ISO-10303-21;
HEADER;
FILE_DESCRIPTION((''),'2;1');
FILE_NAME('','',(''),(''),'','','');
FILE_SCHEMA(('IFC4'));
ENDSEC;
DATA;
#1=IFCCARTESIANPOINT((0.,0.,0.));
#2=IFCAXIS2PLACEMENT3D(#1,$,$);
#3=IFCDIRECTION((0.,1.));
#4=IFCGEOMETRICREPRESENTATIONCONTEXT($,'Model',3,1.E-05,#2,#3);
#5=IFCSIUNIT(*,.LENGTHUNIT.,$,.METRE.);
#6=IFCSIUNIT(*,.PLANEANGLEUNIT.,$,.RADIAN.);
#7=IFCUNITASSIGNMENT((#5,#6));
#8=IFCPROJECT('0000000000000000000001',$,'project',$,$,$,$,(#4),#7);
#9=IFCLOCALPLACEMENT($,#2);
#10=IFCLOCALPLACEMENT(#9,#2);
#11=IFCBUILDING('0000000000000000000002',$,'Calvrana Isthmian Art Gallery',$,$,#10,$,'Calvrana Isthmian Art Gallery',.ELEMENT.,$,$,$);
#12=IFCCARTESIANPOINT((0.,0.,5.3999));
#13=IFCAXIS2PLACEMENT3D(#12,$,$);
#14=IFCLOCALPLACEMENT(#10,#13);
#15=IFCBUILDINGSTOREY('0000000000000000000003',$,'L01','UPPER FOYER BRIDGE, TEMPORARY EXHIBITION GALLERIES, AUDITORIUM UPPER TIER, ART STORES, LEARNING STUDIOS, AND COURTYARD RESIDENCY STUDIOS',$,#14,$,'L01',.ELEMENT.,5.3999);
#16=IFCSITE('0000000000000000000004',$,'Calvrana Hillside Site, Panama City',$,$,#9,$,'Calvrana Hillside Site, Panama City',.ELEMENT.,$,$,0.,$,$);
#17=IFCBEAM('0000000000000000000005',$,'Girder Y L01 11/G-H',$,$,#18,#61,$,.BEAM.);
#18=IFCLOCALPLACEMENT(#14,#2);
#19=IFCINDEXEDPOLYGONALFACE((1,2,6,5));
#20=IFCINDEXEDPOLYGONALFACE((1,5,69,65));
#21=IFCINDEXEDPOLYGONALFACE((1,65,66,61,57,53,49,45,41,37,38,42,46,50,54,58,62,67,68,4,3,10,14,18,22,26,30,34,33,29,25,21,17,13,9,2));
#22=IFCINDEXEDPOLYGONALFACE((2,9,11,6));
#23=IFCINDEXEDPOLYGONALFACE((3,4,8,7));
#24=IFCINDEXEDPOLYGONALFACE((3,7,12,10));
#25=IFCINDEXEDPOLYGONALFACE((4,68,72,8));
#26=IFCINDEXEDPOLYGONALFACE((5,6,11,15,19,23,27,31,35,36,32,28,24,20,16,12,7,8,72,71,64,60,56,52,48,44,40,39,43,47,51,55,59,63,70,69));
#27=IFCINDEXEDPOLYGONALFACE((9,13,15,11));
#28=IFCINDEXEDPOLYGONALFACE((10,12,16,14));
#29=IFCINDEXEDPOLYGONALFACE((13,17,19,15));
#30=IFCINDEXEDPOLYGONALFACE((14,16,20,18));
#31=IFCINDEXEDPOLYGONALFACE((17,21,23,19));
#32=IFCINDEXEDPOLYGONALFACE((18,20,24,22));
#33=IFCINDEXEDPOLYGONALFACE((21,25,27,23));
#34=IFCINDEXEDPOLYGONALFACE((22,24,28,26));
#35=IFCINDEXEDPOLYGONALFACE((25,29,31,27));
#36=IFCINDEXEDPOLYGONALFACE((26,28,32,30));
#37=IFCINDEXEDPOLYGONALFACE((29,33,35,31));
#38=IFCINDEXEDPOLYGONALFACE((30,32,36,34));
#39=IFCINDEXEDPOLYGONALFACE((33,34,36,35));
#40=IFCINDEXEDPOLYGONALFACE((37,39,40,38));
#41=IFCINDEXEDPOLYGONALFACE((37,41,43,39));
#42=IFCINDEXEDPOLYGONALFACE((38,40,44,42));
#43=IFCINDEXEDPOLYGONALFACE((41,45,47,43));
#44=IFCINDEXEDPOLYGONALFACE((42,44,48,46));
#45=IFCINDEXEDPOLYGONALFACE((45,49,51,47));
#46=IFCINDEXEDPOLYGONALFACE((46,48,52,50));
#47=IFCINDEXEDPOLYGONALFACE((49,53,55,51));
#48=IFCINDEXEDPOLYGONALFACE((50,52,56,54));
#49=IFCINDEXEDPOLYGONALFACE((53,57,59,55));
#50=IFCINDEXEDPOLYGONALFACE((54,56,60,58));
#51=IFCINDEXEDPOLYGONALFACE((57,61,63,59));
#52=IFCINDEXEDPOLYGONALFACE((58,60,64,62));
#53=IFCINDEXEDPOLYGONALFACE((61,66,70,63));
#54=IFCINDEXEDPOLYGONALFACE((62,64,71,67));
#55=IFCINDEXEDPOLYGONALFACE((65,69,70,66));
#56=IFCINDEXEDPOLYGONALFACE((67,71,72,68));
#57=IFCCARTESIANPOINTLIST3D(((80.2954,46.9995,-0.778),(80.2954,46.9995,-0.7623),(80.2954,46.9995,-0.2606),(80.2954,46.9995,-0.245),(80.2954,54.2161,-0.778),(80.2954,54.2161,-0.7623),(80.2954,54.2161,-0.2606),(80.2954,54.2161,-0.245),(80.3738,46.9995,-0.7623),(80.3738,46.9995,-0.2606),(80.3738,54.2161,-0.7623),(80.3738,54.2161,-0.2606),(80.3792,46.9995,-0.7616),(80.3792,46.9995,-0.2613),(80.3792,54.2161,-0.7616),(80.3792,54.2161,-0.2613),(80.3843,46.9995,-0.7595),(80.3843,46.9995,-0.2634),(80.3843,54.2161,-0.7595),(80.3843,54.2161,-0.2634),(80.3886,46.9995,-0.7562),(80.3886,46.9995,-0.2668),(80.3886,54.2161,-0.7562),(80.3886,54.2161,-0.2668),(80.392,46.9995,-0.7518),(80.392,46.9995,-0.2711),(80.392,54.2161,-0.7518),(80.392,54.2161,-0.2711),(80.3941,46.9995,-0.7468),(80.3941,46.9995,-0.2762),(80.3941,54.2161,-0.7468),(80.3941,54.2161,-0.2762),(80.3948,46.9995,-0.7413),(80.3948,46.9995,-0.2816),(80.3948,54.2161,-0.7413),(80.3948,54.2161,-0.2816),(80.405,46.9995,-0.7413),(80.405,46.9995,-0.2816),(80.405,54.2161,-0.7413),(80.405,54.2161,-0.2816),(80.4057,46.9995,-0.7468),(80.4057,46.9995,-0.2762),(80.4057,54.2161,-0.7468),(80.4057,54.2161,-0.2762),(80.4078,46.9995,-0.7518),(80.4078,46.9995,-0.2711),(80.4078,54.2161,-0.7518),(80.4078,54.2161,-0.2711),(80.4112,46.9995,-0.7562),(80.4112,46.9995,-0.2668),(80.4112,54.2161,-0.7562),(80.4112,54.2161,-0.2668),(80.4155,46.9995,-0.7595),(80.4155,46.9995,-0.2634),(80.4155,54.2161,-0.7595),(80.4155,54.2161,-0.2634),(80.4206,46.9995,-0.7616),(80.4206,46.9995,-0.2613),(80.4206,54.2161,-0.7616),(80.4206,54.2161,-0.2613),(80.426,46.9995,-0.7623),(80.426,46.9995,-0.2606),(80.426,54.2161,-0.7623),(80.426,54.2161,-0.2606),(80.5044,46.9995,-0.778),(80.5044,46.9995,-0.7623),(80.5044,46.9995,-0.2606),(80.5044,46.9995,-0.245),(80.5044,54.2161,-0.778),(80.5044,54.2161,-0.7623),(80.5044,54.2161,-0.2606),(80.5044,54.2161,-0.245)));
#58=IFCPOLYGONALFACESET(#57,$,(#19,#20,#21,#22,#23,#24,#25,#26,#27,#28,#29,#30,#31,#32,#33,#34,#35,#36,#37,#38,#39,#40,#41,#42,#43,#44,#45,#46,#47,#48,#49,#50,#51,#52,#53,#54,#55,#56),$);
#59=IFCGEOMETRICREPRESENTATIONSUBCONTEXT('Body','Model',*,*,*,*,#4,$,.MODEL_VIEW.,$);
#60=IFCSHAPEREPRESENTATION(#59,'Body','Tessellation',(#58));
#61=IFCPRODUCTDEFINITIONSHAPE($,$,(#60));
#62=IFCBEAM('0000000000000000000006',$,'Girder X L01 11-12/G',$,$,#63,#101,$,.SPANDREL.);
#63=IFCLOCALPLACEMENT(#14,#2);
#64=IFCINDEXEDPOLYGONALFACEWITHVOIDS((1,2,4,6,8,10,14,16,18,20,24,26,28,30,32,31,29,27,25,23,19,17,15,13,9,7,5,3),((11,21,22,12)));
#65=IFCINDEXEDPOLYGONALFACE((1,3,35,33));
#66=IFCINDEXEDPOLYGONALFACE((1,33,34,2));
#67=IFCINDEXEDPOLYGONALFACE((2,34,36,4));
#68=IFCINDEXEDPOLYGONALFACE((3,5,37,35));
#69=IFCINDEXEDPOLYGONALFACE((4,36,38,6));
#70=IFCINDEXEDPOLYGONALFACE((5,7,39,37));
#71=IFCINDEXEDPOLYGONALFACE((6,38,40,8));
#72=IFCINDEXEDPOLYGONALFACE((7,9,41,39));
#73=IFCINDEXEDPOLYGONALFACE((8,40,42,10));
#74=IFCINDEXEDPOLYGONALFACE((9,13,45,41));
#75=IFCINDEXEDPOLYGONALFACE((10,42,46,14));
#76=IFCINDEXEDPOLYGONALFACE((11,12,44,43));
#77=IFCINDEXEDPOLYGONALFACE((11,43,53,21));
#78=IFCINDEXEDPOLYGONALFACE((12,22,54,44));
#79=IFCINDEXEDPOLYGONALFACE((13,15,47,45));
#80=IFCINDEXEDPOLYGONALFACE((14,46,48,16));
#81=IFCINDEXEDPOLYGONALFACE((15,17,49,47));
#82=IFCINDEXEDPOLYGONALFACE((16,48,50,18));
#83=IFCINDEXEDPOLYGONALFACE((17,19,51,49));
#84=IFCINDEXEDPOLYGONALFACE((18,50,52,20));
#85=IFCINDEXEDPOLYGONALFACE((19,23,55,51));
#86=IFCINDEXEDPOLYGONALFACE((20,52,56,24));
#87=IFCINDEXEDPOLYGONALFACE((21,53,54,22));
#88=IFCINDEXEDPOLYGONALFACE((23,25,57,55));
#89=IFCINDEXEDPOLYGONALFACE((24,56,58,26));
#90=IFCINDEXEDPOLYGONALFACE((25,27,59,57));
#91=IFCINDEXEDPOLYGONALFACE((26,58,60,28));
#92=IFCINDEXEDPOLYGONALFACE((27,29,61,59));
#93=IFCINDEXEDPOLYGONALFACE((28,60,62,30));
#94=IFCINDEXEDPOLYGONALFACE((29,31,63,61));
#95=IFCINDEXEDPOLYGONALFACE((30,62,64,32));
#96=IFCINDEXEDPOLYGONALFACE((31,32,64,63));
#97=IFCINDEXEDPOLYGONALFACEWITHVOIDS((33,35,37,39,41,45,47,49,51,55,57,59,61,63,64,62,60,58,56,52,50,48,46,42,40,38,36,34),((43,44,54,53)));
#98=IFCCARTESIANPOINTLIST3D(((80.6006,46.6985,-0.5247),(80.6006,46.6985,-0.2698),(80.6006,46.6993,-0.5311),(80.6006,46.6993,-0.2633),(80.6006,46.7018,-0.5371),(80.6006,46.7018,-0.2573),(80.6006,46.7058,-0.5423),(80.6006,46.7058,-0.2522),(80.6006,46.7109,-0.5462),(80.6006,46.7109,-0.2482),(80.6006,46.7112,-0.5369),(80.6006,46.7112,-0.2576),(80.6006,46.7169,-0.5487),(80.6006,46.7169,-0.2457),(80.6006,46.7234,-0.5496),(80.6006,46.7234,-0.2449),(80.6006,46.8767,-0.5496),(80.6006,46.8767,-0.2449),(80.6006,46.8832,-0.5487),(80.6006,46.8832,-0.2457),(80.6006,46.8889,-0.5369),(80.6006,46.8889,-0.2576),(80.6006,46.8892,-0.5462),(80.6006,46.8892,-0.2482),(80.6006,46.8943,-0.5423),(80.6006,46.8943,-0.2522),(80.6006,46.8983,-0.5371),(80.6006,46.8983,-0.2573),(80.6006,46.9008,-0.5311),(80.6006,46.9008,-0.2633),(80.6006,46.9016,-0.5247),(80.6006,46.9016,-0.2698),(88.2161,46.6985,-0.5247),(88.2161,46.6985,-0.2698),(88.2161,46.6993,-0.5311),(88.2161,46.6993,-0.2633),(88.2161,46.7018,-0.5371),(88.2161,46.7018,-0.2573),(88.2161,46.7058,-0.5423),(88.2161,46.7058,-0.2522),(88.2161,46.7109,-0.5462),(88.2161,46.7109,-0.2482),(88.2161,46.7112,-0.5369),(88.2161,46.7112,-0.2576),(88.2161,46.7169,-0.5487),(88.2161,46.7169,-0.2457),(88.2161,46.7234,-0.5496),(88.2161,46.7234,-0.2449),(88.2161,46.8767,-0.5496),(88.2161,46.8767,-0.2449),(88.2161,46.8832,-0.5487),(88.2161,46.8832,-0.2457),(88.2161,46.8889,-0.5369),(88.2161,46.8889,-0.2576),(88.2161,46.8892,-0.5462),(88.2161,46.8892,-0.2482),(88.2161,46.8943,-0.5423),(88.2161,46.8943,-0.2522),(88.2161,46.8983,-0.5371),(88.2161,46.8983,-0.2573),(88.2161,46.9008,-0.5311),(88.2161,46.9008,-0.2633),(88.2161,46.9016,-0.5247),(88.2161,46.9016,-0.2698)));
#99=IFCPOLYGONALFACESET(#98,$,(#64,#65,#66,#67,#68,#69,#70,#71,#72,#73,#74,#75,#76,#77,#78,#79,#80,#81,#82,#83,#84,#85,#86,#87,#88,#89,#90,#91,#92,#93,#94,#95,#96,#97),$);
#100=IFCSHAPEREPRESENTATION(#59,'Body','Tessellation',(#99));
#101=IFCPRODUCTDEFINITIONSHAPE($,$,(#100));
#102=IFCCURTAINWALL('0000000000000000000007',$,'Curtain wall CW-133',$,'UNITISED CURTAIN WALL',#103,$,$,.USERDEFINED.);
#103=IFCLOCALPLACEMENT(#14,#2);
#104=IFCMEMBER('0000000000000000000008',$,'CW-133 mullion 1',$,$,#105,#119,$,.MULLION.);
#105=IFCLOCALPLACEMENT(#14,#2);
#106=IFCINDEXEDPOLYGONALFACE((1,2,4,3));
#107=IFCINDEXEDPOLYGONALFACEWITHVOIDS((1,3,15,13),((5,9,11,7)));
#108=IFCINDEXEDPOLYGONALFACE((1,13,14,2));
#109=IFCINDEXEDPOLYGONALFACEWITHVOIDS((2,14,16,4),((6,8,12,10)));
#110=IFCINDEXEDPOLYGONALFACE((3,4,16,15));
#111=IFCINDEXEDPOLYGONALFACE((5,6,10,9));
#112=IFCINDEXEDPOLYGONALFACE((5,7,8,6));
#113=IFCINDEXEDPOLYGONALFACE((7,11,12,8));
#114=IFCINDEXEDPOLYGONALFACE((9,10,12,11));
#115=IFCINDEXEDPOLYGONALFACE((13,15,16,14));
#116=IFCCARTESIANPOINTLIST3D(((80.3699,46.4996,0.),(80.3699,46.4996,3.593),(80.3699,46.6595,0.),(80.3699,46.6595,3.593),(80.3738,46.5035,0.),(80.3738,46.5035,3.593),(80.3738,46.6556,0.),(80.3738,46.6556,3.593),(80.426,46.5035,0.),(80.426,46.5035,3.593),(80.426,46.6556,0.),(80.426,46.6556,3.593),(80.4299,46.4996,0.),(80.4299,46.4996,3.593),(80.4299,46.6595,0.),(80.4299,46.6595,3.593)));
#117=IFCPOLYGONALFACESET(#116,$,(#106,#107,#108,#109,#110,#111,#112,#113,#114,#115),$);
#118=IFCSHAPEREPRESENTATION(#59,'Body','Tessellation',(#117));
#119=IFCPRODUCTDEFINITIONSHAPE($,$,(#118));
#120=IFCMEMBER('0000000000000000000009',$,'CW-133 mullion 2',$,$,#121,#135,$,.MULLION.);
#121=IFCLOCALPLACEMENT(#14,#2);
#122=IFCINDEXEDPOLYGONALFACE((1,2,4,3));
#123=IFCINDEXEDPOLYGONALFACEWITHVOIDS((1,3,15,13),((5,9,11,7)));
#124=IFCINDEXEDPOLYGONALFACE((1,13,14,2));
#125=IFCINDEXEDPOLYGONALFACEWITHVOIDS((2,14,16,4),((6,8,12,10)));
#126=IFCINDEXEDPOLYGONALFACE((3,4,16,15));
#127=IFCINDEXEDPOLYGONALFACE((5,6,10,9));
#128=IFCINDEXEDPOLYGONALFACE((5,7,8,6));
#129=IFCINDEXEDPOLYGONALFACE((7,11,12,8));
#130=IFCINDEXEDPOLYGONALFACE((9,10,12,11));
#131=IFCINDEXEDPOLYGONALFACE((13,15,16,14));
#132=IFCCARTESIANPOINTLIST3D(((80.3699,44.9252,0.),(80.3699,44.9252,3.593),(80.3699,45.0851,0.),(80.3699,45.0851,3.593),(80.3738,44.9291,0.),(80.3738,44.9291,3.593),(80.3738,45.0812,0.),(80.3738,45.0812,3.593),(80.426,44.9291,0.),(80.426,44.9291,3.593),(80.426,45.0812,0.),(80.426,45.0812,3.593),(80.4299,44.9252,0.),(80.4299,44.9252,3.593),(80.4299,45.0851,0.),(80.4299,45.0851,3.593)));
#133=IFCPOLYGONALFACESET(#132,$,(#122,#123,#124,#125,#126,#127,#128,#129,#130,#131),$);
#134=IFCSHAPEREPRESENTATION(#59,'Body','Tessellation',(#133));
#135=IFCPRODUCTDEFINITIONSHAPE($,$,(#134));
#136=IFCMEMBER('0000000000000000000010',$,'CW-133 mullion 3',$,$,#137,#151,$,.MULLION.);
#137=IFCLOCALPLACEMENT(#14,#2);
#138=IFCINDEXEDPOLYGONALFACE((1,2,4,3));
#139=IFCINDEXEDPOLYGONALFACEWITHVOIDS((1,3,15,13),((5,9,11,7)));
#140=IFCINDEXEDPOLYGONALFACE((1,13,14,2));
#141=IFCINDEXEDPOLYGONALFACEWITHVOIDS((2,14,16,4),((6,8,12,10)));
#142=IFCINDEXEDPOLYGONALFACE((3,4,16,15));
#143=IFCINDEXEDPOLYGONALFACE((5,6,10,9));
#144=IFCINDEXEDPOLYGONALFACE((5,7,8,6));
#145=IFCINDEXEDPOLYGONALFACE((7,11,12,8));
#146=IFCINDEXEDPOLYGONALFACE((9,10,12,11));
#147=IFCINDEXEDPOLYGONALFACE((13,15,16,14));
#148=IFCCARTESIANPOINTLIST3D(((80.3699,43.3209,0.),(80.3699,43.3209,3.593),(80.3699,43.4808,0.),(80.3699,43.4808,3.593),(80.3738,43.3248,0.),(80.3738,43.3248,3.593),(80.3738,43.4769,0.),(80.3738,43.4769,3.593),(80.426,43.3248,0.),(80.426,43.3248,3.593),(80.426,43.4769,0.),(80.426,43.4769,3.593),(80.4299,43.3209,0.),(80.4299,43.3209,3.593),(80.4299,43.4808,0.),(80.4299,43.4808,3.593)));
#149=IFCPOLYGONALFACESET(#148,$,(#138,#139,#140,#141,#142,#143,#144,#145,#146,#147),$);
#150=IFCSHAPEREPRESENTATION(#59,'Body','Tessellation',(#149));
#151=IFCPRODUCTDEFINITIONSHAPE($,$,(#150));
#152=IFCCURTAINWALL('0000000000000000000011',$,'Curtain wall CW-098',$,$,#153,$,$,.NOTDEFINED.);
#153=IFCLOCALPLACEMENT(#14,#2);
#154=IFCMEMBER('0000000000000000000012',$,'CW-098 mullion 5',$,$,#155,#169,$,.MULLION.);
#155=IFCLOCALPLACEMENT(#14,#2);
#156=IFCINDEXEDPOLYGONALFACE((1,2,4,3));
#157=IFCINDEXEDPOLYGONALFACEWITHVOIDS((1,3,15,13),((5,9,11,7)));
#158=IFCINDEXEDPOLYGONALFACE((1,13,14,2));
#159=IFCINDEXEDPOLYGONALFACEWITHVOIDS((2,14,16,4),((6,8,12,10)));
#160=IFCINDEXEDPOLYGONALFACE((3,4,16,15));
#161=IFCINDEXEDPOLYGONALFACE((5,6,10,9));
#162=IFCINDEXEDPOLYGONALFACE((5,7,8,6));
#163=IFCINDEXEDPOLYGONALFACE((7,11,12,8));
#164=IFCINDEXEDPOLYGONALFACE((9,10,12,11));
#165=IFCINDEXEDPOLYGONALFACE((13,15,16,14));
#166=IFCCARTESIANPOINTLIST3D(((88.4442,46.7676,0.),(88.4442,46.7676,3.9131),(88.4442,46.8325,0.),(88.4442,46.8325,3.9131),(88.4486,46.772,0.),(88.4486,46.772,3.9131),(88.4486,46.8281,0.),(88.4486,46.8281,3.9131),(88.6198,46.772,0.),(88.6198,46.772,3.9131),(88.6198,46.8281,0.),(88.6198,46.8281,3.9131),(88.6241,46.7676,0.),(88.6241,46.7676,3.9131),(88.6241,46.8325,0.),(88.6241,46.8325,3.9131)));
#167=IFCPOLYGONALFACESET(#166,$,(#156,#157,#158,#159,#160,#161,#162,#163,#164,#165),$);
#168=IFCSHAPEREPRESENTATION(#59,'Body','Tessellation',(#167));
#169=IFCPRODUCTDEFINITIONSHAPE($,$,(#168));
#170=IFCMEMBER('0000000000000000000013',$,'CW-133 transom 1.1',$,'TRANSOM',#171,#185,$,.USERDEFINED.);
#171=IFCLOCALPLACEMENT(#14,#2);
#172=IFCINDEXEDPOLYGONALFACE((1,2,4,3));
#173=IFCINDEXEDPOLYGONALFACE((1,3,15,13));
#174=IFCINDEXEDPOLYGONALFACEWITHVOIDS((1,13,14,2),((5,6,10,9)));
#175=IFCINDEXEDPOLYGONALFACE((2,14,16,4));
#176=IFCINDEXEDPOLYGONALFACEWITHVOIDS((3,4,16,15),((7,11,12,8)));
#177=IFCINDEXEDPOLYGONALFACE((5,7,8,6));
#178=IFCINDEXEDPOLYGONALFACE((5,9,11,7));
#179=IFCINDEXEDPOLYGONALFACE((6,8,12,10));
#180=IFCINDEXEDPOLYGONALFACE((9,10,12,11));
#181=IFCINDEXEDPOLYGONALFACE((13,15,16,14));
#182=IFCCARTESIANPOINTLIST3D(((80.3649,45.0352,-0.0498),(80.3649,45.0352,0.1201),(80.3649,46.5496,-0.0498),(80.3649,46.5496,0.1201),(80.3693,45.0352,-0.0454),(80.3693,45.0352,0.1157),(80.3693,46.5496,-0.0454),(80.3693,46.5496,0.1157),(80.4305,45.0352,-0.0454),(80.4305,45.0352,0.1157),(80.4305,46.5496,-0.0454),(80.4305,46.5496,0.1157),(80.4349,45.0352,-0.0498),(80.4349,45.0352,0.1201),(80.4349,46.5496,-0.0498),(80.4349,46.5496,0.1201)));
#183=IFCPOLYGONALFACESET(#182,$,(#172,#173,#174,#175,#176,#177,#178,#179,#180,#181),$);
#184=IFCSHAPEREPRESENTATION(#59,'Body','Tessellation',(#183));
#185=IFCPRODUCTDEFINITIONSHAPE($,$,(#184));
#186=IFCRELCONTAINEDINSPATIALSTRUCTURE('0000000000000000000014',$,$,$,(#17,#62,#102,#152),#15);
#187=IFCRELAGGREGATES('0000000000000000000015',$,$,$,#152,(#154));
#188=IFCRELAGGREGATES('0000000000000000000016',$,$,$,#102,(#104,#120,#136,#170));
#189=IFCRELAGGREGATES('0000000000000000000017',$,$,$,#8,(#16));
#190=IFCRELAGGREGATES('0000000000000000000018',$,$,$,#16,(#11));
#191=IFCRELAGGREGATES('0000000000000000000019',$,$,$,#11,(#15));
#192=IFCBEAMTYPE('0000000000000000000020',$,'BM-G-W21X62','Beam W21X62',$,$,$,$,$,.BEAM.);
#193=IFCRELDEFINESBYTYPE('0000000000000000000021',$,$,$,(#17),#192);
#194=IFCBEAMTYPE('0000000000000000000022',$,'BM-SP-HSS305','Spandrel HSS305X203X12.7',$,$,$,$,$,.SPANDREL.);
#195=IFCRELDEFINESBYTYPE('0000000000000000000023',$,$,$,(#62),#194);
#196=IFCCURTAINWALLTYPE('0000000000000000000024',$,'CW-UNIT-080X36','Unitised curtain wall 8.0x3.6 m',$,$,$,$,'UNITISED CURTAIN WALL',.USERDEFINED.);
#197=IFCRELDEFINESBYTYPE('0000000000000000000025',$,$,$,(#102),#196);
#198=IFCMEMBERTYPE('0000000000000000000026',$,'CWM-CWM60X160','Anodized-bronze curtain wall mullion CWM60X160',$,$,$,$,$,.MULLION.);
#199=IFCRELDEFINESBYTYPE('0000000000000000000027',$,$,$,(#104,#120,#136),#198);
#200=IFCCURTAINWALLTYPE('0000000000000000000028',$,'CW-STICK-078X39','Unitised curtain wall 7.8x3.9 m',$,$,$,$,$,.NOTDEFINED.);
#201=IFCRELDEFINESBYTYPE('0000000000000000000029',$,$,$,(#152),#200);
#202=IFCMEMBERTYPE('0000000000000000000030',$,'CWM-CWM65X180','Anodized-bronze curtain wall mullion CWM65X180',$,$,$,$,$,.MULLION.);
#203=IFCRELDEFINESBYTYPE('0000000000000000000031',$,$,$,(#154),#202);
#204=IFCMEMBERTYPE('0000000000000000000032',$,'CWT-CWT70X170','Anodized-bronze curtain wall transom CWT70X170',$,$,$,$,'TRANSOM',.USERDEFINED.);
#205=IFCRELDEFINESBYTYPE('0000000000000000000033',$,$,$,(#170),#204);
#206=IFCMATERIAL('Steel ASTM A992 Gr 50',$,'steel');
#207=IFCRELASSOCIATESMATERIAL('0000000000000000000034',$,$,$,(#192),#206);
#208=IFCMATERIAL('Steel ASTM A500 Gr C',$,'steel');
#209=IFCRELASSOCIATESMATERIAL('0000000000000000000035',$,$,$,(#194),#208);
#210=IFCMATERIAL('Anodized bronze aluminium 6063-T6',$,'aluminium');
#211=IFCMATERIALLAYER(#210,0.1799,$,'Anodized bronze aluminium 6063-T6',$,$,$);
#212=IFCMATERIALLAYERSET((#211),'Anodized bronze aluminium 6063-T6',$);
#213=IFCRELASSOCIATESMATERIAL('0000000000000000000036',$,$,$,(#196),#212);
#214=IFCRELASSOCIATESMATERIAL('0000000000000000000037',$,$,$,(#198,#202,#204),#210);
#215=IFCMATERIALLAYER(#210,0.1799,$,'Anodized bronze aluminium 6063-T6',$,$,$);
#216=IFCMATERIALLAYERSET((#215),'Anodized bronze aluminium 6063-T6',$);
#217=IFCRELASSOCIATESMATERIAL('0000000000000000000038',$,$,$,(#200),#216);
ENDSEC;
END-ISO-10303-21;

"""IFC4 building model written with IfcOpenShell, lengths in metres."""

from ifc_helpers import new_model, si_unit, direction, frame, origin, origin_2d, place, context, subcontext, project, spatial, hollow_rectangle, i_section, extrude, material, layer, layer_set, material_profile, profile_set, type_object, element, aggregate, save


model = new_model("IFC4")

# Units and contexts
model_context = context("Model", 3, precision=1e-05, world=origin(), true_north=direction((0.0, 1.0)))
body_context = subcontext(model_context, "Body", "Model", "MODEL_VIEW")
ifc_project = project(units=[si_unit("LENGTHUNIT", "METRE"), si_unit("PLANEANGLEUNIT", "RADIAN")], contexts=[model_context])

# Site, building, storey
site_placement = place(None, origin())
site = spatial("IfcSite", under=ifc_project, at=site_placement, Name="Calvrana Hillside Site, Panama City", LongName="Calvrana Hillside Site, Panama City", CompositionType="ELEMENT", RefElevation=0.0)
building_placement = place(site_placement, origin())
building = spatial("IfcBuilding", under=site, at=building_placement, Name="Calvrana Isthmian Art Gallery", LongName="Calvrana Isthmian Art Gallery", CompositionType="ELEMENT")
storey_placement = place(building_placement, frame((0.0, 0.0, 5.3999)))
storey = spatial("IfcBuildingStorey", under=building, at=storey_placement, Name="L01", Description="UPPER FOYER BRIDGE, TEMPORARY EXHIBITION GALLERIES, AUDITORIUM UPPER TIER, ART STORES, LEARNING STUDIOS, AND COURTYARD RESIDENCY STUDIOS", LongName="L01", CompositionType="ELEMENT", Elevation=5.3999)

# Shared definitions
ifc_material_1 = material(Name="Steel ASTM A500 Gr C", Category="steel")
ifc_material_2 = material(Name="Steel ASTM A992 Gr 50", Category="steel")

# Beams
ifc_material_profile_1 = material_profile(ifc_material_2, i_section(OverallWidth=0.209, OverallDepth=0.533, WebThickness=0.0103, FlangeThickness=0.0156, FilletRadius=0.021, at=origin_2d()), Name="W21X62")
ifc_profile_set_1 = profile_set([ifc_material_profile_1], Name="Steel ASTM A992 Gr 50")
beam_type_1 = type_object("IfcBeamType", Name="BM-G-W21X62", Description="Beam W21X62", PredefinedType="BEAM", material=ifc_profile_set_1)
beam_1_placement = place(storey_placement, frame((80.3999, 46.9995, -0.5115), z_axis=(0.0, 1.0, 0.0), x_axis=(-1.0, 0.0, 0.0)))
element("IfcBeam", 1, at=beam_1_placement, inside=storey, type_object=beam_type_1, Name="Girder Y L01 11/G-H", PredefinedType="BEAM", context=body_context, shape_type="SweptSolid", body=[
    extrude(i_section(OverallWidth=0.209, OverallDepth=0.533, WebThickness=0.0103, FlangeThickness=0.0156, FilletRadius=0.021, at=origin_2d()), origin(), (0.0, 0.0, 1.0), 7.2166),
])
ifc_material_profile_2 = material_profile(ifc_material_1, hollow_rectangle(XDim=0.2031, YDim=0.3047, WallThickness=0.0127, OuterFilletRadius=0.0249, at=origin_2d()), Name="HSS305X203X12.7")
ifc_profile_set_2 = profile_set([ifc_material_profile_2], Name="Steel ASTM A500 Gr C")
beam_type_2 = type_object("IfcBeamType", Name="BM-SP-HSS305", Description="Spandrel HSS305X203X12.7", PredefinedType="SPANDREL", material=ifc_profile_set_2)
beam_2_placement = place(storey_placement, frame((80.6006, 46.8, -0.3972), z_axis=(1.0, 0.0, 0.0), x_axis=(0.0, 1.0, 0.0)))
element("IfcBeam", 2, at=beam_2_placement, inside=storey, type_object=beam_type_2, Name="Girder X L01 11-12/G", PredefinedType="SPANDREL", context=body_context, shape_type="SweptSolid", body=[
    extrude(hollow_rectangle(XDim=0.2031, YDim=0.3047, WallThickness=0.0127, OuterFilletRadius=0.0249, at=origin_2d()), origin(), (0.0, 0.0, 1.0), 7.6155),
])

# Curtain wall, members
ifc_material_3 = material(Name="Anodized bronze aluminium 6063-T6", Category="aluminium")
ifc_layer_1 = layer(ifc_material_3, 0.1799, Name="Anodized bronze aluminium 6063-T6")
ifc_layer_set_1 = layer_set([ifc_layer_1], Name="Anodized bronze aluminium 6063-T6")
curtain_wall_type_1 = type_object("IfcCurtainWallType", Name="CW-UNIT-080X36", Description="Unitised curtain wall 8.0x3.6 m", ElementType="UNITISED CURTAIN WALL", PredefinedType="USERDEFINED", material=ifc_layer_set_1)
curtain_wall_1_placement = place(storey_placement, origin())
curtain_wall_1 = element("IfcCurtainWall", 3, at=curtain_wall_1_placement, inside=storey, type_object=curtain_wall_type_1, Name="Curtain wall CW-133", ObjectType="UNITISED CURTAIN WALL", PredefinedType="USERDEFINED")
ifc_material_profile_3 = material_profile(ifc_material_3, hollow_rectangle(XDim=0.0601, YDim=0.1599, WallThickness=0.0039, at=origin_2d()), Name="CWM60X160")
ifc_profile_set_3 = profile_set([ifc_material_profile_3], Name="Anodized bronze aluminium 6063-T6")
member_type_1 = type_object("IfcMemberType", Name="CWM-CWM60X160", Description="Anodized-bronze curtain wall mullion CWM60X160", PredefinedType="MULLION", material=ifc_profile_set_3)
member_1_placement = place(storey_placement, frame((80.3999, 46.5796, 0.0), z_axis=(0.0, 0.0, 1.0), x_axis=(1.0, 0.0, 0.0)))
member_1 = element("IfcMember", 4, at=member_1_placement, type_object=member_type_1, Name="CW-133 mullion 1", PredefinedType="MULLION", context=body_context, shape_type="SweptSolid", body=[
    extrude(hollow_rectangle(XDim=0.0601, YDim=0.1599, WallThickness=0.0039, at=origin_2d()), origin(), (0.0, 0.0, 1.0), 3.593),
])
member_2_placement = place(storey_placement, frame((80.3999, 45.0051, 0.0), z_axis=(0.0, 0.0, 1.0), x_axis=(1.0, 0.0, 0.0)))
member_2 = element("IfcMember", 5, at=member_2_placement, type_object=member_type_1, Name="CW-133 mullion 2", PredefinedType="MULLION", context=body_context, shape_type="SweptSolid", body=[
    extrude(hollow_rectangle(XDim=0.0601, YDim=0.1599, WallThickness=0.0039, at=origin_2d()), origin(), (0.0, 0.0, 1.0), 3.593),
])
member_3_placement = place(storey_placement, frame((80.3999, 43.4009, 0.0), z_axis=(0.0, 0.0, 1.0), x_axis=(1.0, 0.0, 0.0)))
member_3 = element("IfcMember", 6, at=member_3_placement, type_object=member_type_1, Name="CW-133 mullion 3", PredefinedType="MULLION", context=body_context, shape_type="SweptSolid", body=[
    extrude(hollow_rectangle(XDim=0.0601, YDim=0.1599, WallThickness=0.0039, at=origin_2d()), origin(), (0.0, 0.0, 1.0), 3.593),
])

# Curtain wall, member
ifc_layer_2 = layer(ifc_material_3, 0.1799, Name="Anodized bronze aluminium 6063-T6")
ifc_layer_set_2 = layer_set([ifc_layer_2], Name="Anodized bronze aluminium 6063-T6")
curtain_wall_type_2 = type_object("IfcCurtainWallType", Name="CW-STICK-078X39", Description="Unitised curtain wall 7.8x3.9 m", PredefinedType="NOTDEFINED", material=ifc_layer_set_2)
curtain_wall_2_placement = place(storey_placement, origin())
curtain_wall_2 = element("IfcCurtainWall", 7, at=curtain_wall_2_placement, inside=storey, type_object=curtain_wall_type_2, Name="Curtain wall CW-098", PredefinedType="NOTDEFINED")
ifc_material_profile_4 = material_profile(ifc_material_3, hollow_rectangle(XDim=0.0649, YDim=0.1799, WallThickness=0.0044, at=origin_2d()), Name="CWM65X180")
ifc_profile_set_4 = profile_set([ifc_material_profile_4], Name="Anodized bronze aluminium 6063-T6")
member_type_2 = type_object("IfcMemberType", Name="CWM-CWM65X180", Description="Anodized-bronze curtain wall mullion CWM65X180", PredefinedType="MULLION", material=ifc_profile_set_4)
member_4_placement = place(storey_placement, frame((88.5342, 46.8, 0.0), z_axis=(0.0, 0.0, 1.0), x_axis=(0.0, -1.0, 0.0)))
member_4 = element("IfcMember", 8, at=member_4_placement, type_object=member_type_2, Name="CW-098 mullion 5", PredefinedType="MULLION", context=body_context, shape_type="SweptSolid", body=[
    extrude(hollow_rectangle(XDim=0.0649, YDim=0.1799, WallThickness=0.0044, at=origin_2d()), origin(), (0.0, 0.0, 1.0), 3.9131),
])

# Member
ifc_material_profile_5 = material_profile(ifc_material_3, hollow_rectangle(XDim=0.0701, YDim=0.1699, WallThickness=0.0044, at=origin_2d()), Name="CWT70X170")
ifc_profile_set_5 = profile_set([ifc_material_profile_5], Name="Anodized bronze aluminium 6063-T6")
member_type_3 = type_object("IfcMemberType", Name="CWT-CWT70X170", Description="Anodized-bronze curtain wall transom CWT70X170", ElementType="TRANSOM", PredefinedType="USERDEFINED", material=ifc_profile_set_5)
member_5_placement = place(storey_placement, frame((80.3999, 46.5496, 0.0352), z_axis=(0.0, -1.0, 0.0), x_axis=(1.0, 0.0, 0.0)))
member_5 = element("IfcMember", 9, at=member_5_placement, type_object=member_type_3, Name="CW-133 transom 1.1", ObjectType="TRANSOM", PredefinedType="USERDEFINED", context=body_context, shape_type="SweptSolid", body=[
    extrude(hollow_rectangle(XDim=0.0701, YDim=0.1699, WallThickness=0.0044, at=origin_2d()), origin(), (0.0, 0.0, 1.0), 1.5144),
])

aggregate(curtain_wall_2, [member_4])
aggregate(curtain_wall_1, [member_1, member_2, member_3, member_5])

save(model, "model.ifc")
